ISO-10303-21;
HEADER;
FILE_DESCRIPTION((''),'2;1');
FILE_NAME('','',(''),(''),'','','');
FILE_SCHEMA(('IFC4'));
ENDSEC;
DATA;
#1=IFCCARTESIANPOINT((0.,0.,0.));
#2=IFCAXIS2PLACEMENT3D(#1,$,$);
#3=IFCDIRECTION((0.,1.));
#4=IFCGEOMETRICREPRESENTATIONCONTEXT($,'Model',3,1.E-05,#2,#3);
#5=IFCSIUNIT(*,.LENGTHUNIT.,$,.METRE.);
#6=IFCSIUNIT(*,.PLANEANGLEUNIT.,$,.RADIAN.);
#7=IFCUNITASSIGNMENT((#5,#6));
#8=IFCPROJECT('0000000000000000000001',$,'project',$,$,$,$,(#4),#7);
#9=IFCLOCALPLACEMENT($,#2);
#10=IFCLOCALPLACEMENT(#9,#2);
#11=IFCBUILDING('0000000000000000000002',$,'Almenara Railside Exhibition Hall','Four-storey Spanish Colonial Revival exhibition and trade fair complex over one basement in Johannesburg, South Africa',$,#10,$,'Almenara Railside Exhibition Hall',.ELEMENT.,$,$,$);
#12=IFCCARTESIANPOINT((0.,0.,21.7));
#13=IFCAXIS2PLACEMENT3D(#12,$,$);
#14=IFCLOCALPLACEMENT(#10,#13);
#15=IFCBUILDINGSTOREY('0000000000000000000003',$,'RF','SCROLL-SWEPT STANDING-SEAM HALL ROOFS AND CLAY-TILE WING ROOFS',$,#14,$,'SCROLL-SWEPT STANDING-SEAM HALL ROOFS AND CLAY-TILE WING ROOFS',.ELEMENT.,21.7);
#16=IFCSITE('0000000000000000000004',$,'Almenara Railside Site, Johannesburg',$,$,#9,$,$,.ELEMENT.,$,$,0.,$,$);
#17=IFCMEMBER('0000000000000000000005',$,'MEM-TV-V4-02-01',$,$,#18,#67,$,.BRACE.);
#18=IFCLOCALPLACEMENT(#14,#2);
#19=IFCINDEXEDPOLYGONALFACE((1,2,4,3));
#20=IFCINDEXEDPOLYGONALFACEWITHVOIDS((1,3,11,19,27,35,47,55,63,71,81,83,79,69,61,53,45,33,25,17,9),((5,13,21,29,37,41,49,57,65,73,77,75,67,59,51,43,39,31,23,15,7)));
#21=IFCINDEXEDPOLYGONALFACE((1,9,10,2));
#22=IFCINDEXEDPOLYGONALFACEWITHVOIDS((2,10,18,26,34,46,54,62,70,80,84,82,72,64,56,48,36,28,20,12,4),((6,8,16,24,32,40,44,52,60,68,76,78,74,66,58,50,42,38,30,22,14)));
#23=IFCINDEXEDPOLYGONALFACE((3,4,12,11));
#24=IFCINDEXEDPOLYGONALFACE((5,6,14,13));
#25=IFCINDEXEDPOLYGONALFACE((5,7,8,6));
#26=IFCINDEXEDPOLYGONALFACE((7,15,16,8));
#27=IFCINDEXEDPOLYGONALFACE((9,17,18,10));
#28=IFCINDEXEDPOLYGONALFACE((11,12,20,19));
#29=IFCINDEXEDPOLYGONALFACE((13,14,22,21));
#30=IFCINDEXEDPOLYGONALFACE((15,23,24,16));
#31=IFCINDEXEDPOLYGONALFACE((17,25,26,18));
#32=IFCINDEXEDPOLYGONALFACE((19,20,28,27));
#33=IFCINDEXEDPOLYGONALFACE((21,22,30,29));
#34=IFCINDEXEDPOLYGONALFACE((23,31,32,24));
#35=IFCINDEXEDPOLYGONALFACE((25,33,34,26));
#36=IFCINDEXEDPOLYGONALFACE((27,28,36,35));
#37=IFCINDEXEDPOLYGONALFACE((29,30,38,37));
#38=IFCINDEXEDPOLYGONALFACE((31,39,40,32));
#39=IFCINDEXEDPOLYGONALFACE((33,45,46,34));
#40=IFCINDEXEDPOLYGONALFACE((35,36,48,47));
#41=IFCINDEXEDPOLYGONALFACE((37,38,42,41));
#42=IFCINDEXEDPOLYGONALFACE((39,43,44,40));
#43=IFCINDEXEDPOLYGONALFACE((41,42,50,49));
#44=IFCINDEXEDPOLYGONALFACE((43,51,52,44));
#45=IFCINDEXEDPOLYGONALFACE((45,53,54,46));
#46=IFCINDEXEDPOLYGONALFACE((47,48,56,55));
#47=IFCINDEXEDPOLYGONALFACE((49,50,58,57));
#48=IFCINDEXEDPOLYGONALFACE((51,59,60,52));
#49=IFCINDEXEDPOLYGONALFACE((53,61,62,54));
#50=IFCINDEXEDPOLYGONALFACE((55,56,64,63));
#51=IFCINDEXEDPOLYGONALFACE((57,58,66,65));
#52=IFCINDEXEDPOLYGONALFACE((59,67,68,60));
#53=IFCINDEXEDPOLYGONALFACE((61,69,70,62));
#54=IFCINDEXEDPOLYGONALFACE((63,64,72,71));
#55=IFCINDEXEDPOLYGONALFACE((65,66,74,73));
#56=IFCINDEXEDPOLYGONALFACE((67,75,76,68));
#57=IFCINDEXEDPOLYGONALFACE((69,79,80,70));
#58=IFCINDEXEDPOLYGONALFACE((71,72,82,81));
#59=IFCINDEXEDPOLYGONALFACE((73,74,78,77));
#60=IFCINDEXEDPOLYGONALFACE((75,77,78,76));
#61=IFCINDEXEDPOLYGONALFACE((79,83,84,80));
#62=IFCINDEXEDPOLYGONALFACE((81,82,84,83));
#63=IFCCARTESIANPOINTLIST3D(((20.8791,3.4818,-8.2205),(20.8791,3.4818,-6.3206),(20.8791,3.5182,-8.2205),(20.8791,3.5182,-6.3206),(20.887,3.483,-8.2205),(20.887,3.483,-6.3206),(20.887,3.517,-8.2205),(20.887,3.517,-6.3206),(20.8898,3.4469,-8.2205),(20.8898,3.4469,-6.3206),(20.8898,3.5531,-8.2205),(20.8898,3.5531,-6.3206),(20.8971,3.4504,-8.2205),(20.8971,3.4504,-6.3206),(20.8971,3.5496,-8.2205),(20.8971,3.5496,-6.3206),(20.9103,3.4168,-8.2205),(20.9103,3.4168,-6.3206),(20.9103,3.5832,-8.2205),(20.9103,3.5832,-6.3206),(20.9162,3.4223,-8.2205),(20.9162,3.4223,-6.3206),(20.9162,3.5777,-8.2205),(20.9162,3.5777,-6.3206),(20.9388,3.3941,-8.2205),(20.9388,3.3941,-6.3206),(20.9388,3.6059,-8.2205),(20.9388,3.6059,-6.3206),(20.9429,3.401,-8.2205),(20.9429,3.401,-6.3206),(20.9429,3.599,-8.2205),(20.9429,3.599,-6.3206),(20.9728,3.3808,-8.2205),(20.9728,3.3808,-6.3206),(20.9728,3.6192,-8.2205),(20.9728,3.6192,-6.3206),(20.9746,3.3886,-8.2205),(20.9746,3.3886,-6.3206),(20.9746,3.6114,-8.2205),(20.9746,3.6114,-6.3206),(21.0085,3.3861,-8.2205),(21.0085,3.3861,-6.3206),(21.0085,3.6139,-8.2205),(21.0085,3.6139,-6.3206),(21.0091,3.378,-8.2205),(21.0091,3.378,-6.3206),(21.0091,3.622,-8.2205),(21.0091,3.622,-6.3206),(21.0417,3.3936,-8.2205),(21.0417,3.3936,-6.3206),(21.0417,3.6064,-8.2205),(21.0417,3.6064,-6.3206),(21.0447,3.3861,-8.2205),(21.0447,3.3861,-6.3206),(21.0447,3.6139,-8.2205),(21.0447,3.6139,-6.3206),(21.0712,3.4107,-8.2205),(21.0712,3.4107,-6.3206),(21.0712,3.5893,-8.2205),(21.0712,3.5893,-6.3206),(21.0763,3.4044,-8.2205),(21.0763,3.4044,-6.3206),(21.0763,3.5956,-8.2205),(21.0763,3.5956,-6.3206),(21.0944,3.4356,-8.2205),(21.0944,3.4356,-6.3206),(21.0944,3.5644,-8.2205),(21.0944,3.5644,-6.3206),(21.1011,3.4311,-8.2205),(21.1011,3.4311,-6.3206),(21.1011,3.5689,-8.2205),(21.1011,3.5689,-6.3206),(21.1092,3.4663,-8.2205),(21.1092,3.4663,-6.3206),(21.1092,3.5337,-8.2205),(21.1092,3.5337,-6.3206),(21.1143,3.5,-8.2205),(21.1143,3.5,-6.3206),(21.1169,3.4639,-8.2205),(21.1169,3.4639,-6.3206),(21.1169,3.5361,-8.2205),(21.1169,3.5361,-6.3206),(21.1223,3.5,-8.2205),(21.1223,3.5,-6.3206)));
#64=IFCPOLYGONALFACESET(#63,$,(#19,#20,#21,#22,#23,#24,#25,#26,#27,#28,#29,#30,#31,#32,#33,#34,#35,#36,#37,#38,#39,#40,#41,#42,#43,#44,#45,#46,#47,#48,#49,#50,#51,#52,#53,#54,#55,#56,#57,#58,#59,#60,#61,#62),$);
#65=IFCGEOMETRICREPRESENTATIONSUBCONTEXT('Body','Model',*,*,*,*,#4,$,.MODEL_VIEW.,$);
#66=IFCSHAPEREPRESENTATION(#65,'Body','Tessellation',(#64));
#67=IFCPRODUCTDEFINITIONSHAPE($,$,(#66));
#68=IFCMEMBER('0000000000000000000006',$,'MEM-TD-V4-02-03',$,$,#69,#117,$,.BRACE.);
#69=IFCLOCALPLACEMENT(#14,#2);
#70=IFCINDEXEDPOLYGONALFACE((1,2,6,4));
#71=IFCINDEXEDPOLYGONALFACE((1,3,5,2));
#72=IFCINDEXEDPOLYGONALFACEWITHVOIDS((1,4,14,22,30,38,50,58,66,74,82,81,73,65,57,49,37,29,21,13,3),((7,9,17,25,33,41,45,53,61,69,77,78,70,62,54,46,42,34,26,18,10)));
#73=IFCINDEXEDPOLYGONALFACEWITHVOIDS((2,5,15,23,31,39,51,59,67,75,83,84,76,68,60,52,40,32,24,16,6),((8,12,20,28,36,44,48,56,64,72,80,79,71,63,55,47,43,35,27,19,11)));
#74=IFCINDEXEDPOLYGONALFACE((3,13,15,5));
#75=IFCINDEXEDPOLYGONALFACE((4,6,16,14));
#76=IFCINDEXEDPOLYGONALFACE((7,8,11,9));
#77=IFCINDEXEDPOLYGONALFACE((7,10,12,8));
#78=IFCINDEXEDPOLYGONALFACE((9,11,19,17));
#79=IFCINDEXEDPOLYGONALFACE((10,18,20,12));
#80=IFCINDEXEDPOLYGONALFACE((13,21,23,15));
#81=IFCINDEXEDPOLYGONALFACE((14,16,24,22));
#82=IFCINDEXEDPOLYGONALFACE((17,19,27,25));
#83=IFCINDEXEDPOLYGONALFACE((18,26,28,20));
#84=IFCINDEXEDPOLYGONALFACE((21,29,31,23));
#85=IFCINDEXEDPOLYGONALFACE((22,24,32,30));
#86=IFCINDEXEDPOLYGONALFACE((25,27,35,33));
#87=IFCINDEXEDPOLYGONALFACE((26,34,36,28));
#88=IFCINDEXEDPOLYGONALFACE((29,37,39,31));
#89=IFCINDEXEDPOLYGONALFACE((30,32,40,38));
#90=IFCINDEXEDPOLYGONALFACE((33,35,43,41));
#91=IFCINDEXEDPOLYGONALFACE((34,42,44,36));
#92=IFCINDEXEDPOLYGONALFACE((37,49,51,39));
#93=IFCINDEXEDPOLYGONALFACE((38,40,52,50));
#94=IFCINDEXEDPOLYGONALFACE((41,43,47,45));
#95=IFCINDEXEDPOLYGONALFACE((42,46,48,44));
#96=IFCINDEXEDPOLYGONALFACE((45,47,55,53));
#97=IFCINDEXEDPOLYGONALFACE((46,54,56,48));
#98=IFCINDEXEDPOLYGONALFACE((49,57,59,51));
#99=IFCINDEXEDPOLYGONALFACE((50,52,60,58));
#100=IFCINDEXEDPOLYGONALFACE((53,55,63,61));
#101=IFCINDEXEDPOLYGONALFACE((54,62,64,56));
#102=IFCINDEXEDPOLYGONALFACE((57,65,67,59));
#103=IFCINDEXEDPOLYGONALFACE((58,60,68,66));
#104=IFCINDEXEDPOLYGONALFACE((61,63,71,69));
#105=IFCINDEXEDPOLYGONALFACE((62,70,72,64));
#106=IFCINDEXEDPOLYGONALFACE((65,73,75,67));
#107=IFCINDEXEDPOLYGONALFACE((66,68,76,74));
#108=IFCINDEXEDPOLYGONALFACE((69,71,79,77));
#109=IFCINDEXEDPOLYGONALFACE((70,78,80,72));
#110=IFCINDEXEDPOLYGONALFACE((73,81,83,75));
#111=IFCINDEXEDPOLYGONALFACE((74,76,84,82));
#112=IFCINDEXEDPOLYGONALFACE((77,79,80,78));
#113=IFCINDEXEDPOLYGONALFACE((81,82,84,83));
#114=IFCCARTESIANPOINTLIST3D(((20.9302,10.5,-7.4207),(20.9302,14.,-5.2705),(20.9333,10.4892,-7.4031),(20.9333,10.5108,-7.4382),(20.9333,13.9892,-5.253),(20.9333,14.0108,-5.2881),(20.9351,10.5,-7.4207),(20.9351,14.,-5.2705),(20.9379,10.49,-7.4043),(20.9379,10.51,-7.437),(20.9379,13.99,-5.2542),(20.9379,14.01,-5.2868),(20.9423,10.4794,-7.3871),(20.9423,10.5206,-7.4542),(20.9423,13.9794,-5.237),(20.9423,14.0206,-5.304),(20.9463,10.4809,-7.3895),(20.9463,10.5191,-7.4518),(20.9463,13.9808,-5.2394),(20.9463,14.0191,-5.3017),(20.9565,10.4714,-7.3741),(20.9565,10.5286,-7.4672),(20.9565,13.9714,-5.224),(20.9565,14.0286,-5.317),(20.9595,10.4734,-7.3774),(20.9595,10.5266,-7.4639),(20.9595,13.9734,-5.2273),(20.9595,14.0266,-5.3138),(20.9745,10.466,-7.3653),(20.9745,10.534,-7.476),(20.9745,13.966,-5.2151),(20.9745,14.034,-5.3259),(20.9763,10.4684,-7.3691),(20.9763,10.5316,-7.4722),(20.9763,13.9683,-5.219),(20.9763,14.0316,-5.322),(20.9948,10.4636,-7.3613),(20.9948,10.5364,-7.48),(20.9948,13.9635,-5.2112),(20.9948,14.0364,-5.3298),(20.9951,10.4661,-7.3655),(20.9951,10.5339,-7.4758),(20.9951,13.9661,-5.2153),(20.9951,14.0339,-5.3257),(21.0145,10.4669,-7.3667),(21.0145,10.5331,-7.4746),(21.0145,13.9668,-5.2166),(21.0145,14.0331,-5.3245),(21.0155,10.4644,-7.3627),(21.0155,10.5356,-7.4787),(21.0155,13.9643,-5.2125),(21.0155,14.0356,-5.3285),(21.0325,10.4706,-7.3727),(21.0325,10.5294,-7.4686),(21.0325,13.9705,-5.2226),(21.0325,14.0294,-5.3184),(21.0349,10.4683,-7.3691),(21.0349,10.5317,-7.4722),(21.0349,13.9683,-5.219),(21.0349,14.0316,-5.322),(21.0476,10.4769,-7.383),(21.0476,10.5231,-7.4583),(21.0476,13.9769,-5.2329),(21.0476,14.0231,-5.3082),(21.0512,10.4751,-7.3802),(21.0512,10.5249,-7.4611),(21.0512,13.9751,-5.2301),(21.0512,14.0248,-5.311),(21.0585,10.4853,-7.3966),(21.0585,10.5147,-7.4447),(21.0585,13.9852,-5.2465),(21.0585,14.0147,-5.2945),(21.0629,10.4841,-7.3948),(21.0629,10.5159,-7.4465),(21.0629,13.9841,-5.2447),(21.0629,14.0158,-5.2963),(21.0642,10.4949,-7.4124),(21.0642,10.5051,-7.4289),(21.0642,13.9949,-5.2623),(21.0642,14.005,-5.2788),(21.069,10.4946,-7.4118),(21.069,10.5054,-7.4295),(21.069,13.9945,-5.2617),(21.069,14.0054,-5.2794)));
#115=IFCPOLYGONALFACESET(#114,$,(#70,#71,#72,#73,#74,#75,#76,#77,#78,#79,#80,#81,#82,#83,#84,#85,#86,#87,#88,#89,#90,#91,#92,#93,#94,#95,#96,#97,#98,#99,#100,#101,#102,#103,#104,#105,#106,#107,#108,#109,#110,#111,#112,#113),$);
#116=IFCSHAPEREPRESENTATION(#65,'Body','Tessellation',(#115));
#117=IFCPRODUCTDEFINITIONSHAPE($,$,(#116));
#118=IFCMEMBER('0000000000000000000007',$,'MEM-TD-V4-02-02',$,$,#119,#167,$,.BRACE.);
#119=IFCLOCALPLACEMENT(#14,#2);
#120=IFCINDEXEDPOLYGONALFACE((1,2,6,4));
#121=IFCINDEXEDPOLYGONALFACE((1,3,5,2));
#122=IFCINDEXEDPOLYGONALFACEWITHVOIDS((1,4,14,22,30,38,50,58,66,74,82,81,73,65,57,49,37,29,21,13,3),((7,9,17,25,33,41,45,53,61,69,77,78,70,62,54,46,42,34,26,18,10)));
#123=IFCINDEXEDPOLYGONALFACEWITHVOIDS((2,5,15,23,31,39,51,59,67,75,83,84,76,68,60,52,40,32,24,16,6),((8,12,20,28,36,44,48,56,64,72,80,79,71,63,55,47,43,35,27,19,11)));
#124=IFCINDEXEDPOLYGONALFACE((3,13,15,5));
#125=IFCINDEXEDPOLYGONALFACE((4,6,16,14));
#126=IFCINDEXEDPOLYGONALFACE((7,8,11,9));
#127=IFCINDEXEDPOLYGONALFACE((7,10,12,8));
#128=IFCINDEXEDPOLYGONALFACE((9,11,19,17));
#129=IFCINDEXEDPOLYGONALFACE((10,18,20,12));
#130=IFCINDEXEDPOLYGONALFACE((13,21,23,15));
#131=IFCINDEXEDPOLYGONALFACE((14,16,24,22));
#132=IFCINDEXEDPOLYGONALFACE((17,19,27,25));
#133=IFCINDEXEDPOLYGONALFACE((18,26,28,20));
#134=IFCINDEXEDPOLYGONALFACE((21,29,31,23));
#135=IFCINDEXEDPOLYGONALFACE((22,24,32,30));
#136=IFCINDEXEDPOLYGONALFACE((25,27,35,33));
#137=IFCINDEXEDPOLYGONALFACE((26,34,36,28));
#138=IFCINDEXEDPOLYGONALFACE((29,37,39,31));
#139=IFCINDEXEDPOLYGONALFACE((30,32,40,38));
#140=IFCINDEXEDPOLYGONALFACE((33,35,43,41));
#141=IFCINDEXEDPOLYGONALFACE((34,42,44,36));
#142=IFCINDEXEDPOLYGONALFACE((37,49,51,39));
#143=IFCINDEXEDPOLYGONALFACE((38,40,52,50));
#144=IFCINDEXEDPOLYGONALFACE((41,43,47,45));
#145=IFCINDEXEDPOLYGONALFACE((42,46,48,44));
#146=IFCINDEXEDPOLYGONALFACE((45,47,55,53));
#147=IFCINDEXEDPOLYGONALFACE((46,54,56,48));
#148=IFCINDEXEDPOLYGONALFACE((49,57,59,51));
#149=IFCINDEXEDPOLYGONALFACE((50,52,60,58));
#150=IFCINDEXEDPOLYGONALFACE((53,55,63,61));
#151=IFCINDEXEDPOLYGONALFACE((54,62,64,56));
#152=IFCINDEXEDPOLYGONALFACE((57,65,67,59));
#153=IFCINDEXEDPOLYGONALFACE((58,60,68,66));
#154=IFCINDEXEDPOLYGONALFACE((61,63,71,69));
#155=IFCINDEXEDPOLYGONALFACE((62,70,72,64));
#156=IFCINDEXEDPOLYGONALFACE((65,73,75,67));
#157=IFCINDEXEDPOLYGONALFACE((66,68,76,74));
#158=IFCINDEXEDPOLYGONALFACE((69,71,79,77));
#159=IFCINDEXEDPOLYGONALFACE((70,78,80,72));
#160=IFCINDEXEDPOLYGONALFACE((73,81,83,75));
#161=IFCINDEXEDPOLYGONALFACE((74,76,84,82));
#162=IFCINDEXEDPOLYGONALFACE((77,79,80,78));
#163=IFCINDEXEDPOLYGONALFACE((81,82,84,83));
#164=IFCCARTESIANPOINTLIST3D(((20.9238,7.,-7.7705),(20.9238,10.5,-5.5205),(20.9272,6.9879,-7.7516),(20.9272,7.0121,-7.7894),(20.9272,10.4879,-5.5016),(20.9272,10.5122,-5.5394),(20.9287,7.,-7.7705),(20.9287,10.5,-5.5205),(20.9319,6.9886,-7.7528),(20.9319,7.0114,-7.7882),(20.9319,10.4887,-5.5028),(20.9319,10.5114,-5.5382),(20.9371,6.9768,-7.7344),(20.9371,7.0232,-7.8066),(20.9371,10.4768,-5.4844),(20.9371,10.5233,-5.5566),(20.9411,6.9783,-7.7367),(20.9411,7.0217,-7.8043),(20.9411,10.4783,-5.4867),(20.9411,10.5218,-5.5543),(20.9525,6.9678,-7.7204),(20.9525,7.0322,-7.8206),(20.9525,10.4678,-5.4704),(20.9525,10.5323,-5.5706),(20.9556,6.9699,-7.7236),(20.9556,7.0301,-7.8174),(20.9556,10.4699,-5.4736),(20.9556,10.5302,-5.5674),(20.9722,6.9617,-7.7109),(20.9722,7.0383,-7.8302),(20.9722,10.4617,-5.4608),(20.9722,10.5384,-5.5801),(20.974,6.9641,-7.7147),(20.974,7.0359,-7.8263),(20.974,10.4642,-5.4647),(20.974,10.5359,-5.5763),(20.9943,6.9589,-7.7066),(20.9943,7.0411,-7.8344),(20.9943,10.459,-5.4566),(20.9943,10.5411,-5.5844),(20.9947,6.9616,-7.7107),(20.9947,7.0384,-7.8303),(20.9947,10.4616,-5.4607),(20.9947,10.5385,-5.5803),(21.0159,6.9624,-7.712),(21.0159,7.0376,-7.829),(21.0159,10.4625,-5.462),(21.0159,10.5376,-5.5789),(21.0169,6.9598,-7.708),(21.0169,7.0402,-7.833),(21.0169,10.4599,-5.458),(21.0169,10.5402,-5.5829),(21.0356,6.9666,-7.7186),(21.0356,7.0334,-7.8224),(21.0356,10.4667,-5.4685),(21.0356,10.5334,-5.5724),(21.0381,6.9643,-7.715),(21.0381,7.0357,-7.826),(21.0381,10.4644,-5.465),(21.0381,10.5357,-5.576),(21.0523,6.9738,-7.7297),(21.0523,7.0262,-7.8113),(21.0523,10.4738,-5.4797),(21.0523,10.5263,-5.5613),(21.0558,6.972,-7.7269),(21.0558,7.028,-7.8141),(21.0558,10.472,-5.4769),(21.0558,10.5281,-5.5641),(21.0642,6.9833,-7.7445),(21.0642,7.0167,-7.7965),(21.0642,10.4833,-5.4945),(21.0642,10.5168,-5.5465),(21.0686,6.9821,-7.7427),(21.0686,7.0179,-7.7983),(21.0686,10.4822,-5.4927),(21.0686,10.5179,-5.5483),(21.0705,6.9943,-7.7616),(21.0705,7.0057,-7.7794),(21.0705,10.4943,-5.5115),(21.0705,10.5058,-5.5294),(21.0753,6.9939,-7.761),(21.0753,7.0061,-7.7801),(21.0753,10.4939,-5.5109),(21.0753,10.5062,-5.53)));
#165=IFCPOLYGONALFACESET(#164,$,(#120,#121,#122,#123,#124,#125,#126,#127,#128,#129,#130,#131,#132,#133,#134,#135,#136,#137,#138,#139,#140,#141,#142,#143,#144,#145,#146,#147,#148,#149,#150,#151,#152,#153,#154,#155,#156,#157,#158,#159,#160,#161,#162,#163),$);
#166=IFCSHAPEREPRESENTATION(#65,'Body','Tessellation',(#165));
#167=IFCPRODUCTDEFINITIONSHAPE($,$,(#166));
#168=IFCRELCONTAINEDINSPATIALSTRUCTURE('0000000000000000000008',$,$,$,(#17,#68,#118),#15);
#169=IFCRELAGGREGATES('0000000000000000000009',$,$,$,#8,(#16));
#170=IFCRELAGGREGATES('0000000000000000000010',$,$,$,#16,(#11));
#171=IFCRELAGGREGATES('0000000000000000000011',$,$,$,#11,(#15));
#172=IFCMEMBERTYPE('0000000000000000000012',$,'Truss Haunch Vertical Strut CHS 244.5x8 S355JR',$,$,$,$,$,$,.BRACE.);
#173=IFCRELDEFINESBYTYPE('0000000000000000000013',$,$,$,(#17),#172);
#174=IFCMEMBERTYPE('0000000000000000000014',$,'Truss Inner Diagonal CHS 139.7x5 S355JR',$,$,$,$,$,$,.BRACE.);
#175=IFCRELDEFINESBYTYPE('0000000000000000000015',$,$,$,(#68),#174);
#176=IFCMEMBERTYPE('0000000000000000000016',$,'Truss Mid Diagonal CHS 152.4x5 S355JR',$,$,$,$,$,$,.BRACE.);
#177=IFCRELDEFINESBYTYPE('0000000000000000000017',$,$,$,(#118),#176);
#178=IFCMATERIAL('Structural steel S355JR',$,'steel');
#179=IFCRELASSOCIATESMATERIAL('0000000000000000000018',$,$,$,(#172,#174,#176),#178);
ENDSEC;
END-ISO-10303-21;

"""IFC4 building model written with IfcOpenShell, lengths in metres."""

from ifc_helpers import new_model, si_unit, direction, frame, origin, origin_2d, place, context, subcontext, project, spatial, hollow_circle, extrude, material, material_profile, profile_set, type_object, element, save


model = new_model("IFC4")

# Units and contexts
model_context = context("Model", 3, precision=1e-05, world=origin(), true_north=direction((0.0, 1.0)))
body_context = subcontext(model_context, "Body", "Model", "MODEL_VIEW")
ifc_project = project(units=[si_unit("LENGTHUNIT", "METRE"), si_unit("PLANEANGLEUNIT", "RADIAN")], contexts=[model_context])

# Site, building, storey
site_placement = place(None, origin())
site = spatial("IfcSite", under=ifc_project, at=site_placement, Name="Almenara Railside Site, Johannesburg", CompositionType="ELEMENT", RefElevation=0.0)
building_placement = place(site_placement, origin())
building = spatial("IfcBuilding", under=site, at=building_placement, Name="Almenara Railside Exhibition Hall", Description="Four-storey Spanish Colonial Revival exhibition and trade fair complex over one basement in Johannesburg, South Africa", LongName="Almenara Railside Exhibition Hall", CompositionType="ELEMENT")
storey_placement = place(building_placement, frame((0.0, 0.0, 21.7)))
storey = spatial("IfcBuildingStorey", under=building, at=storey_placement, Name="RF", Description="SCROLL-SWEPT STANDING-SEAM HALL ROOFS AND CLAY-TILE WING ROOFS", LongName="SCROLL-SWEPT STANDING-SEAM HALL ROOFS AND CLAY-TILE WING ROOFS", CompositionType="ELEMENT", Elevation=21.7)

# Shared definitions
ifc_material_1 = material(Name="Structural steel S355JR", Category="steel")

# Members
ifc_material_profile_1 = material_profile(ifc_material_1, hollow_circle(Radius=0.1223, WallThickness=0.0081, at=origin_2d()), Name="CHS 244.5x8")
ifc_profile_set_1 = profile_set([ifc_material_profile_1], Name="Structural steel S355JR")
member_type_1 = type_object("IfcMemberType", Name="Truss Haunch Vertical Strut CHS 244.5x8 S355JR", PredefinedType="BRACE", material=ifc_profile_set_1)
member_1_placement = place(storey_placement, frame((21.0, 3.5, -8.2205), z_axis=(0.0, 0.0, 1.0), x_axis=(1.0, 0.0, 0.0)))
element("IfcMember", 1, at=member_1_placement, inside=storey, type_object=member_type_1, Name="MEM-TV-V4-02-01", PredefinedType="BRACE", context=body_context, shape_type="SweptSolid", body=[
    extrude(hollow_circle(Radius=0.1223, WallThickness=0.0081, at=origin_2d()), origin(), (0.0, 0.0, 1.0), 1.8999),
])
ifc_material_profile_2 = material_profile(ifc_material_1, hollow_circle(Radius=0.0698, WallThickness=0.0049, at=origin_2d()), Name="CHS 139.7x5")
ifc_profile_set_2 = profile_set([ifc_material_profile_2], Name="Structural steel S355JR")
member_type_2 = type_object("IfcMemberType", Name="Truss Inner Diagonal CHS 139.7x5 S355JR", PredefinedType="BRACE", material=ifc_profile_set_2)
member_2_placement = place(storey_placement, frame((21.0, 10.5, -7.4207), z_axis=(0.0, 0.85206, 0.523444), x_axis=(-1.0, 0.0, 0.0)))
element("IfcMember", 2, at=member_2_placement, inside=storey, type_object=member_type_2, Name="MEM-TD-V4-02-03", PredefinedType="BRACE", context=body_context, shape_type="SweptSolid", body=[
    extrude(hollow_circle(Radius=0.0698, WallThickness=0.0049, at=origin_2d()), origin(), (0.0, 0.0, 1.0), 4.1077),
])
ifc_material_profile_3 = material_profile(ifc_material_1, hollow_circle(Radius=0.0762, WallThickness=0.0049, at=origin_2d()), Name="CHS 152.4x5")
ifc_profile_set_3 = profile_set([ifc_material_profile_3], Name="Structural steel S355JR")
member_type_3 = type_object("IfcMemberType", Name="Truss Mid Diagonal CHS 152.4x5 S355JR", PredefinedType="BRACE", material=ifc_profile_set_3)
member_3_placement = place(storey_placement, frame((21.0, 7.0, -7.7705), z_axis=(0.0, 0.841178, 0.540758), x_axis=(-1.0, 0.0, 0.0)))
element("IfcMember", 3, at=member_3_placement, inside=storey, type_object=member_type_3, Name="MEM-TD-V4-02-02", PredefinedType="BRACE", context=body_context, shape_type="SweptSolid", body=[
    extrude(hollow_circle(Radius=0.0762, WallThickness=0.0049, at=origin_2d()), origin(), (0.0, 0.0, 1.0), 4.1609),
])

save(model, "model.ifc")
